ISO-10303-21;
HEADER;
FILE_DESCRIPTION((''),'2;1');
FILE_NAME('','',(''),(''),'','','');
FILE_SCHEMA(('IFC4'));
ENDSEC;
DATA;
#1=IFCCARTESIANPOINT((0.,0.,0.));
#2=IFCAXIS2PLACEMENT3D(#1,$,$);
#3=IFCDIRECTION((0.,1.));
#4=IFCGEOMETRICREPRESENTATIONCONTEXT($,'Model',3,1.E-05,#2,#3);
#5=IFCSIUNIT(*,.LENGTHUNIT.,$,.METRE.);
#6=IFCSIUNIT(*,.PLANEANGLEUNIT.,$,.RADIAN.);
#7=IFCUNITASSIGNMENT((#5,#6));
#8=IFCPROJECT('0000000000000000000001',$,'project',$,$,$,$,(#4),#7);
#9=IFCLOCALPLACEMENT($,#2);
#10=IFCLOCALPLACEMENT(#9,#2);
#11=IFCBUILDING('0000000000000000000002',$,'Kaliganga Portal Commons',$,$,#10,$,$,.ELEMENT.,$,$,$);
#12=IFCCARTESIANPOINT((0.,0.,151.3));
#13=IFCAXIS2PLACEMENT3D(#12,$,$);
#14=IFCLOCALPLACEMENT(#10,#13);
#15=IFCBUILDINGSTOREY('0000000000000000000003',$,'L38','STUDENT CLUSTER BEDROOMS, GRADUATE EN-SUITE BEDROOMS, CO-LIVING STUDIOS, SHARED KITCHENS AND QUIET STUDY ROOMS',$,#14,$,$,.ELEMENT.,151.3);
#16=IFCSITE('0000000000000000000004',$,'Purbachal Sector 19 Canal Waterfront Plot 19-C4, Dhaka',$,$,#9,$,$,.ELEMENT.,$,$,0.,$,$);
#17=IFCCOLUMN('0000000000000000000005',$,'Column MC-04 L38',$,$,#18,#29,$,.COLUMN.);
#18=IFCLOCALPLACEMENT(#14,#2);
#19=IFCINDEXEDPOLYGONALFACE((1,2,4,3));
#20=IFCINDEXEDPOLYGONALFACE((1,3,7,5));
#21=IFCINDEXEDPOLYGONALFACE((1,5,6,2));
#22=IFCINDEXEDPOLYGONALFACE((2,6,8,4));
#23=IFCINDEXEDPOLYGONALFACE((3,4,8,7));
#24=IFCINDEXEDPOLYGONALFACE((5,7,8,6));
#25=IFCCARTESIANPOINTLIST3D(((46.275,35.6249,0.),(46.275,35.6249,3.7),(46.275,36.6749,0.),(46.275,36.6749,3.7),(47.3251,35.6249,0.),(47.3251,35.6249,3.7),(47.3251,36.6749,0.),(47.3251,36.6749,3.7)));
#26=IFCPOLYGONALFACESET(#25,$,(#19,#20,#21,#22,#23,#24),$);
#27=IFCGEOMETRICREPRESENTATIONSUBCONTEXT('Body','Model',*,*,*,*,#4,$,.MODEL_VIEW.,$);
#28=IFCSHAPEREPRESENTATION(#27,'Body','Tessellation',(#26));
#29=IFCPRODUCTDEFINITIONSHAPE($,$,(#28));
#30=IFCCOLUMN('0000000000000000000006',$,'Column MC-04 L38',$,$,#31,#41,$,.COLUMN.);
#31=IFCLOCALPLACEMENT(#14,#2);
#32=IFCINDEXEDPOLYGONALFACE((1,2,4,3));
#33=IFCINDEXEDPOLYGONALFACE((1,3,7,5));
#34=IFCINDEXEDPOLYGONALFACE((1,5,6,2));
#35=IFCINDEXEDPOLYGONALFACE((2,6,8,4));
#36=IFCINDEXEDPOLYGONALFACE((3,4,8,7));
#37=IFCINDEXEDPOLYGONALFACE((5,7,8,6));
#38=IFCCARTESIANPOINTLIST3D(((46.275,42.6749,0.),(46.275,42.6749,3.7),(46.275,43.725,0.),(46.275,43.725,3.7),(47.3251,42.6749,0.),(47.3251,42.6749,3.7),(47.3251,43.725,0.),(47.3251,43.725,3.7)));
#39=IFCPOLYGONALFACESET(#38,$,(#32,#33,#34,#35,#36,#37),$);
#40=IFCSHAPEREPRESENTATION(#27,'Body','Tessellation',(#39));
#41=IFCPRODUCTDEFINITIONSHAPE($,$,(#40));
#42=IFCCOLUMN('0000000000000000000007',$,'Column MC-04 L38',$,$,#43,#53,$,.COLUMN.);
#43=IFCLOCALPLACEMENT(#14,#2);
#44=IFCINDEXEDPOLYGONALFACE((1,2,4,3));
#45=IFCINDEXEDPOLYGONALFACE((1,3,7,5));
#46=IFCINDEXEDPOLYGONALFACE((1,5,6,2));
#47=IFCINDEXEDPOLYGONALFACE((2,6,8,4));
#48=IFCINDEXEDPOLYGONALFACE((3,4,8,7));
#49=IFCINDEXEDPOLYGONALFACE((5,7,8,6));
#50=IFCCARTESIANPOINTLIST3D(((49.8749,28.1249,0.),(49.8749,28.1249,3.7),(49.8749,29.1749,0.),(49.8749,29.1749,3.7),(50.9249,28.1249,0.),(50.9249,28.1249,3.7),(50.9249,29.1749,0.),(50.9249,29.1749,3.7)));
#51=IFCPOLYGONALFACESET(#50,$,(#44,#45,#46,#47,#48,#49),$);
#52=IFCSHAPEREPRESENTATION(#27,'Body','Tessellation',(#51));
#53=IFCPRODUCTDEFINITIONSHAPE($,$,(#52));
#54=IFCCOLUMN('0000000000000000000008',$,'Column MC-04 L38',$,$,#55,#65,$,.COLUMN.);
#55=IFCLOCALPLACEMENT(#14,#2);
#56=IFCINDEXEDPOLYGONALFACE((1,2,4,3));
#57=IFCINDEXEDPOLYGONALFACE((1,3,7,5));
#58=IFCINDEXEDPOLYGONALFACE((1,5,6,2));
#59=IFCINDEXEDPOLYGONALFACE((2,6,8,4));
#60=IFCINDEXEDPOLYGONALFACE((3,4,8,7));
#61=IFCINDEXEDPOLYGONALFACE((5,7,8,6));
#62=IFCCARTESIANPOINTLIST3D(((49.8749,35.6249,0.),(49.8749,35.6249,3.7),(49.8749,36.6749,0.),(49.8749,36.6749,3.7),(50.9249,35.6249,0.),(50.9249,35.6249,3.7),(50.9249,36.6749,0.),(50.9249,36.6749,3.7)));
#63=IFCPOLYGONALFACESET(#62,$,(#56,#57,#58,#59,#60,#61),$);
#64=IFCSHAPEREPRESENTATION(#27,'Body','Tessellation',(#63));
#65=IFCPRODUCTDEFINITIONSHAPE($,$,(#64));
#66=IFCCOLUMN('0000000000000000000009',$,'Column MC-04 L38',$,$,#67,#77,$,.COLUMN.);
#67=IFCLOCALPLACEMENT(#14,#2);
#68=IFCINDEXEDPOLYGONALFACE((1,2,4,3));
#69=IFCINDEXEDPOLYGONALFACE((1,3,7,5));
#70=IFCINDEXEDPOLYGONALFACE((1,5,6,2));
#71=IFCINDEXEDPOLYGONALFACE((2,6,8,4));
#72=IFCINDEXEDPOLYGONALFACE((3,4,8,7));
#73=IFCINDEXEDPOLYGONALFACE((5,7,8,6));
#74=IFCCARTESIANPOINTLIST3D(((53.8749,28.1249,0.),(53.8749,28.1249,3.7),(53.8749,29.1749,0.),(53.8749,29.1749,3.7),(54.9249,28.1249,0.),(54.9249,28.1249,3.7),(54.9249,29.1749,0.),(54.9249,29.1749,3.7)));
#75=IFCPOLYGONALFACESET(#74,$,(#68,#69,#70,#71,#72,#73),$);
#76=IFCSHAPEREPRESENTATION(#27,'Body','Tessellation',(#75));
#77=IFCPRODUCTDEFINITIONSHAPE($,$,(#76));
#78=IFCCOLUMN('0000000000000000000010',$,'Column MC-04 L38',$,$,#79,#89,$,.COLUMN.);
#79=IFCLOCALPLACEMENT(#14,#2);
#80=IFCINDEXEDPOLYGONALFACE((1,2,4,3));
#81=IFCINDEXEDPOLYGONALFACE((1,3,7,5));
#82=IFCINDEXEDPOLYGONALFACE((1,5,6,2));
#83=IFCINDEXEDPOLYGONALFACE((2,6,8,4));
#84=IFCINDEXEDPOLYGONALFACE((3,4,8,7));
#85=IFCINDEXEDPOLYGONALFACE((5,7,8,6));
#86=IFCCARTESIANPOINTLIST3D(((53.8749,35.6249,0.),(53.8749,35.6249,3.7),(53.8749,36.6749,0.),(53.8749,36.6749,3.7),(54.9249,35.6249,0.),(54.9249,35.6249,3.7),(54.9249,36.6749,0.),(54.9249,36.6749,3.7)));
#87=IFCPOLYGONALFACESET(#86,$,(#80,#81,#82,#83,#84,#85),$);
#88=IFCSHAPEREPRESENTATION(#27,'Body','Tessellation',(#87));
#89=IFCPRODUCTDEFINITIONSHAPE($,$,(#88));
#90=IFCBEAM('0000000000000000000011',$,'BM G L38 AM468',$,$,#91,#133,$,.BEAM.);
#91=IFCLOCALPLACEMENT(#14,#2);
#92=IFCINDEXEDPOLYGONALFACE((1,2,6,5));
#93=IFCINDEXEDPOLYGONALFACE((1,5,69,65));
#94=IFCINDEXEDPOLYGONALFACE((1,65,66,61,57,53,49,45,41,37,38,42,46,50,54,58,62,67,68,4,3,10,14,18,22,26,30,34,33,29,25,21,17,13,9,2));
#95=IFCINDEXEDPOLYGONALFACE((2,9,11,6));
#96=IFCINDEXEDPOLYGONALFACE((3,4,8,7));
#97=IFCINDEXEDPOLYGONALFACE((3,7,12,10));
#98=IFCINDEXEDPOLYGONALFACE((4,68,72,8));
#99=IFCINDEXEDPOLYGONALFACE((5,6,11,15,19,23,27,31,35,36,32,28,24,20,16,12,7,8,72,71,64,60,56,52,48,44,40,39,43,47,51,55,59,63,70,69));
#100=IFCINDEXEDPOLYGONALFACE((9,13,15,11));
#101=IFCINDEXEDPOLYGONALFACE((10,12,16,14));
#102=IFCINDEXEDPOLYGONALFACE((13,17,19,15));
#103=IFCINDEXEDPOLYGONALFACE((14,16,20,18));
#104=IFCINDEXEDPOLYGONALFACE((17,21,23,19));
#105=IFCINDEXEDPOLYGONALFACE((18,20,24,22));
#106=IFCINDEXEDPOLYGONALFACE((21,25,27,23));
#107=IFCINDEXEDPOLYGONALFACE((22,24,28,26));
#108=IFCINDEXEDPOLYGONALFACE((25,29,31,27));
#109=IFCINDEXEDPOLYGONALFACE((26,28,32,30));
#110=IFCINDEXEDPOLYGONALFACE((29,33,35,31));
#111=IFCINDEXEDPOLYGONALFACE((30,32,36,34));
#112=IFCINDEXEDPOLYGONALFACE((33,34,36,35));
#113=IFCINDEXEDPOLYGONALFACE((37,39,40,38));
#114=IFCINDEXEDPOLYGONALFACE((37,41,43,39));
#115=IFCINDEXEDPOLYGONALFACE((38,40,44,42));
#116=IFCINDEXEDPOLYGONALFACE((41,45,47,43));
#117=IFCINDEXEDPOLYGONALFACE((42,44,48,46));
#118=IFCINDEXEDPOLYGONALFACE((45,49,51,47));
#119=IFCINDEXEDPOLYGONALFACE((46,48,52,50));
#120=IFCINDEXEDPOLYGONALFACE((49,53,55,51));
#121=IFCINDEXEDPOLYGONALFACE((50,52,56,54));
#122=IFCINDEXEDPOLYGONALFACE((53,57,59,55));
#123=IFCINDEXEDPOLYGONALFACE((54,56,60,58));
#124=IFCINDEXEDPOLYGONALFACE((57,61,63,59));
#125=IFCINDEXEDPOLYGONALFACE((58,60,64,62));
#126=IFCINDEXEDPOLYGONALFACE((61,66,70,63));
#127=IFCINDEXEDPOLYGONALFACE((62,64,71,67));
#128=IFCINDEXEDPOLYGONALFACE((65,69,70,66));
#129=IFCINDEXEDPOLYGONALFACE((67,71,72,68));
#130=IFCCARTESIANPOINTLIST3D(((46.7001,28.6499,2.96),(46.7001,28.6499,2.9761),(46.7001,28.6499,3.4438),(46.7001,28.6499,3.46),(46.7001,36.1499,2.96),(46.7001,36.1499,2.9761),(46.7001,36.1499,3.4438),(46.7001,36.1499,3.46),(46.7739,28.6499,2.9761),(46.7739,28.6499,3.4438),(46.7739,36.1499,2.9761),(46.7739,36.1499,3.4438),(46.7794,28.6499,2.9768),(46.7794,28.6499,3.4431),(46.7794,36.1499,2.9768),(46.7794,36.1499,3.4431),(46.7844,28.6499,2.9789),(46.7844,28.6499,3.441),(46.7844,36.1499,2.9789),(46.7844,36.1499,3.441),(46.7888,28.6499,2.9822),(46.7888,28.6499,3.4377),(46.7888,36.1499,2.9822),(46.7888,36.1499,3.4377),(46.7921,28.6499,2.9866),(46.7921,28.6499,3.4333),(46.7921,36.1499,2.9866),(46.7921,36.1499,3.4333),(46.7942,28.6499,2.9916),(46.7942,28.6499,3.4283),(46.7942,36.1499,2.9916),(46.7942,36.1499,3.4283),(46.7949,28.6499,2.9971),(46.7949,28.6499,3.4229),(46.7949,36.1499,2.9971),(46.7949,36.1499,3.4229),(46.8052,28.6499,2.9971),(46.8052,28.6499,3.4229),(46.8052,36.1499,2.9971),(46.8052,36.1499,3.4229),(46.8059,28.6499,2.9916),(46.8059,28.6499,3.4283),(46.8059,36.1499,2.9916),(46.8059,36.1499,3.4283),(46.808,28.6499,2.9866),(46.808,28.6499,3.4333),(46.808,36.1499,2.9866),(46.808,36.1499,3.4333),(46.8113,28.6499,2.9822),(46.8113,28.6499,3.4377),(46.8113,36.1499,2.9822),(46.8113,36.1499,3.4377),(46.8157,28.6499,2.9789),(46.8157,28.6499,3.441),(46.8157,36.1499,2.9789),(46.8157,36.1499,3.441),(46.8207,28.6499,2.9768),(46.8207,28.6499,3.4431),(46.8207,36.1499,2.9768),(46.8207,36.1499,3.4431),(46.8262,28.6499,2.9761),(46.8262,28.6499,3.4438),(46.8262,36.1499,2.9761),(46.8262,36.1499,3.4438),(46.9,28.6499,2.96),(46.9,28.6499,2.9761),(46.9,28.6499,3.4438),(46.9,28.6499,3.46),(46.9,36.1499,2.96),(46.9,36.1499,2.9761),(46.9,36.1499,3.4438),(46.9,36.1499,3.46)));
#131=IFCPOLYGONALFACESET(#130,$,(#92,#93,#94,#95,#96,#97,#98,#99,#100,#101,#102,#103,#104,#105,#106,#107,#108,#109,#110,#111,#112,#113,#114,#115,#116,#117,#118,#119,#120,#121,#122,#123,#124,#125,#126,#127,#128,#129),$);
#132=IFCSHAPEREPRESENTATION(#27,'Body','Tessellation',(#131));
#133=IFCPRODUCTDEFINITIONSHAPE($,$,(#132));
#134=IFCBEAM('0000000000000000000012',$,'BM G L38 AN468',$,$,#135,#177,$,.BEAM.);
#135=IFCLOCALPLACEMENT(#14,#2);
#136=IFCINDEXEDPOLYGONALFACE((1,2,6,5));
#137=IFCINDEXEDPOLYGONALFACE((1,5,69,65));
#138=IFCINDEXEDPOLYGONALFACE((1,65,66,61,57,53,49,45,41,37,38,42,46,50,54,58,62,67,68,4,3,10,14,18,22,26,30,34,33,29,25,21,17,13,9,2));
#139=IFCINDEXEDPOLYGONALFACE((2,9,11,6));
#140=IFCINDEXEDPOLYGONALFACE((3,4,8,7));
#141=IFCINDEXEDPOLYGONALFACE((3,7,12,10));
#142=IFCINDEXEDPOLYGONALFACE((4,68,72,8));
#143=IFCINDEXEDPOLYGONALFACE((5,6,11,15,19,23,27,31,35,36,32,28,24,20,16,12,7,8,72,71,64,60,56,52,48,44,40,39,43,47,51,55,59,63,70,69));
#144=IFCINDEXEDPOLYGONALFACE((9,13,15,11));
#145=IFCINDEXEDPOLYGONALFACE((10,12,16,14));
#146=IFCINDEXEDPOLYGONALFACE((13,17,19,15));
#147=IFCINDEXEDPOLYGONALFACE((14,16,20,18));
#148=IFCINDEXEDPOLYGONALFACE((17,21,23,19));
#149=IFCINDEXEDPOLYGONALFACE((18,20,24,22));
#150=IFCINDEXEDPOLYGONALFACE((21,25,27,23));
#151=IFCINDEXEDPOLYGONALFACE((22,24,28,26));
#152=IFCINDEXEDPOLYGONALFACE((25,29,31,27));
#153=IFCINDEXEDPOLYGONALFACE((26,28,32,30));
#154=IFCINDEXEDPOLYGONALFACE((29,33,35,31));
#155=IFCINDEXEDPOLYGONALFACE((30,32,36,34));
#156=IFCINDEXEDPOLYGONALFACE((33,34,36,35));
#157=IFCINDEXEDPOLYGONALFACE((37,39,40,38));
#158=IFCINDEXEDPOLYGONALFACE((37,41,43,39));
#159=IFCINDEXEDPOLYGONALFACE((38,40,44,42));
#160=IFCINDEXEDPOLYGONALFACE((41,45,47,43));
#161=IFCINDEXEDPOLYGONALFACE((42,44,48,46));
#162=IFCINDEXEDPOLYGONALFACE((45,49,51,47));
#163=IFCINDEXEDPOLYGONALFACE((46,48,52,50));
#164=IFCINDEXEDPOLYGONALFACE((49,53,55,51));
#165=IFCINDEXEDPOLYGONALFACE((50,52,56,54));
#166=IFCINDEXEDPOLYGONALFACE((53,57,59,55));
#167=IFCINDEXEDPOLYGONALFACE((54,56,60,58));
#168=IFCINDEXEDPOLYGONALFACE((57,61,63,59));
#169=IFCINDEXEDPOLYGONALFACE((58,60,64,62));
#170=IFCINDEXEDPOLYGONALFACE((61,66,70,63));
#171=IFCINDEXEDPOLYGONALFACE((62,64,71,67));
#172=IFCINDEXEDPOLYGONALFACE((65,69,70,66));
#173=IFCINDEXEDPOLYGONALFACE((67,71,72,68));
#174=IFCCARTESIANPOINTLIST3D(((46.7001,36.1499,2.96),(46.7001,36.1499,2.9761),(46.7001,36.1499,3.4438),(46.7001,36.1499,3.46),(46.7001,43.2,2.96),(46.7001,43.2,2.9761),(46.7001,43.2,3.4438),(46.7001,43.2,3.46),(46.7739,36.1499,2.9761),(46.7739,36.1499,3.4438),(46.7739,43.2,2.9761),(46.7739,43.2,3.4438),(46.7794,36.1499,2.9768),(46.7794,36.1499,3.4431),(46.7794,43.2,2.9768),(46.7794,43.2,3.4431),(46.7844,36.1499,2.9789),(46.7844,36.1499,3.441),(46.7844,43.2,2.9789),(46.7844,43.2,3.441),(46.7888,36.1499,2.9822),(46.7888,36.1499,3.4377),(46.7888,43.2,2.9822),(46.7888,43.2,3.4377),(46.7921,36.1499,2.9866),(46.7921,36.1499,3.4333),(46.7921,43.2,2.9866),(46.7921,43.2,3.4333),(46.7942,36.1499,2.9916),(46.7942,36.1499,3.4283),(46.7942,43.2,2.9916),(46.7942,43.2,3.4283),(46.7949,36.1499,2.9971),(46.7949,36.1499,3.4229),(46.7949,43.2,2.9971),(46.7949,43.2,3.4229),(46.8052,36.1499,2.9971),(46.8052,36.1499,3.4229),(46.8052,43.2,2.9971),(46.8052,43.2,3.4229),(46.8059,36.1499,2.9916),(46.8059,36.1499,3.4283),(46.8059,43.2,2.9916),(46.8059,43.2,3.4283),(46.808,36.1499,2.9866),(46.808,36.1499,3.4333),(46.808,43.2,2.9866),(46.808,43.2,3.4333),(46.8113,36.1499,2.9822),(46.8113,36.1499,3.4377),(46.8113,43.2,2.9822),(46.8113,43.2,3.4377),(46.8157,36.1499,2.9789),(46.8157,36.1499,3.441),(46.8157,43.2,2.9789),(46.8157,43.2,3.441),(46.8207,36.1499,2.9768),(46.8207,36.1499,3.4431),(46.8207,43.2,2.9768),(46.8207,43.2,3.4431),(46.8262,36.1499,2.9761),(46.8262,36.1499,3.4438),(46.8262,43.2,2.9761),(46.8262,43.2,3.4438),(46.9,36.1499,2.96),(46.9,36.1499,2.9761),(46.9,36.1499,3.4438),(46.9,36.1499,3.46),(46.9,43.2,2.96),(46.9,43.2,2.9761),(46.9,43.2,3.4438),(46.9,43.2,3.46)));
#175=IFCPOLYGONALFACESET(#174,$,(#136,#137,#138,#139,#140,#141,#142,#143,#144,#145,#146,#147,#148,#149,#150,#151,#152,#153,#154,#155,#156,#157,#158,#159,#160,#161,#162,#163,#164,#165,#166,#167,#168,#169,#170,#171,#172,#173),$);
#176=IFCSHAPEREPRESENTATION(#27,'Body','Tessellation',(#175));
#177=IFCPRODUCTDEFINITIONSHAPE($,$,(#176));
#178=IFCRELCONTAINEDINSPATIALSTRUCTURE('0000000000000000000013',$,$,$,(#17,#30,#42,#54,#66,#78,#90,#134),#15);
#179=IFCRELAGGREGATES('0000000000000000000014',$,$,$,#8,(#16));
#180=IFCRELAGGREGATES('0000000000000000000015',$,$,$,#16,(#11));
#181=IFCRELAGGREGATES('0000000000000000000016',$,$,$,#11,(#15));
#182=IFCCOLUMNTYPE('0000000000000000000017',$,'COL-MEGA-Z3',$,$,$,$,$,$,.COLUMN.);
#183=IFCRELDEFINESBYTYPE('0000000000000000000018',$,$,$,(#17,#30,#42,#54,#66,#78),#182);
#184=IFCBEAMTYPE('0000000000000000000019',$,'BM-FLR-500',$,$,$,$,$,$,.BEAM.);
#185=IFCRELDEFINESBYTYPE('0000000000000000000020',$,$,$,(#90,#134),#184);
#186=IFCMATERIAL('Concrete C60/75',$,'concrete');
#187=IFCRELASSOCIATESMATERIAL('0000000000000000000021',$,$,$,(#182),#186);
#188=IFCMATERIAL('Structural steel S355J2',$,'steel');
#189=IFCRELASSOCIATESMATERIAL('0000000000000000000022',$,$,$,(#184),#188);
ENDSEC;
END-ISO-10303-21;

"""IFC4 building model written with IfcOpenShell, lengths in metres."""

from ifc_helpers import new_model, si_unit, direction, frame, origin, origin_2d, place, context, subcontext, project, spatial, rectangle, i_section, extrude, source, transform, mapped, material, material_profile, profile_set, type_object, element, save


model = new_model("IFC4")

# Units and contexts
model_context = context("Model", 3, precision=1e-05, world=origin(), true_north=direction((0.0, 1.0)))
body_context = subcontext(model_context, "Body", "Model", "MODEL_VIEW")
ifc_project = project(units=[si_unit("LENGTHUNIT", "METRE"), si_unit("PLANEANGLEUNIT", "RADIAN")], contexts=[model_context])

# Site, building, storey
site_placement = place(None, origin())
site = spatial("IfcSite", under=ifc_project, at=site_placement, Name="Purbachal Sector 19 Canal Waterfront Plot 19-C4, Dhaka", CompositionType="ELEMENT", RefElevation=0.0)
building_placement = place(site_placement, origin())
building = spatial("IfcBuilding", under=site, at=building_placement, Name="Kaliganga Portal Commons", CompositionType="ELEMENT")
storey_placement = place(building_placement, frame((0.0, 0.0, 151.3)))
storey = spatial("IfcBuildingStorey", under=building, at=storey_placement, Name="L38", Description="STUDENT CLUSTER BEDROOMS, GRADUATE EN-SUITE BEDROOMS, CO-LIVING STUDIOS, SHARED KITCHENS AND QUIET STUDY ROOMS", CompositionType="ELEMENT", Elevation=151.3)

# Columns
ifc_material_1 = material(Name="Concrete C60/75", Category="concrete")
ifc_material_profile_1 = material_profile(ifc_material_1, rectangle(XDim=1.05, YDim=1.05, at=origin_2d()), Name="RC 1050x1050")
ifc_profile_set_1 = profile_set([ifc_material_profile_1], Name="Concrete C60/75")
column_type = type_object("IfcColumnType", Name="COL-MEGA-Z3", PredefinedType="COLUMN", material=ifc_profile_set_1)
shared_shape_1 = source(origin(), body_context, "Body", "SweptSolid", [
    extrude(rectangle(XDim=1.05, YDim=1.05, at=origin_2d()), origin(), (0.0, 0.0, 1.0), 3.7),
])
for number, where, z_axis, x_axis, name in (
    (1, (46.8, 36.1499, 0.0), (0.0, 0.0, 1.0), (1.0, 0.0, 0.0), "Column MC-04 L38"),
    (2, (46.8, 43.2, 0.0), (0.0, 0.0, 1.0), (1.0, 0.0, 0.0), "Column MC-04 L38"),
    (3, (50.3999, 28.6499, 0.0), (0.0, 0.0, 1.0), (1.0, 0.0, 0.0), "Column MC-04 L38"),
    (4, (50.3999, 36.1499, 0.0), (0.0, 0.0, 1.0), (1.0, 0.0, 0.0), "Column MC-04 L38"),
    (5, (54.3999, 28.6499, 0.0), (0.0, 0.0, 1.0), (1.0, 0.0, 0.0), "Column MC-04 L38"),
    (6, (54.3999, 36.1499, 0.0), (0.0, 0.0, 1.0), (1.0, 0.0, 0.0), "Column MC-04 L38"),
):
    element("IfcColumn", number, at=place(storey_placement, frame(where, z_axis=z_axis, x_axis=x_axis)), inside=storey, type_object=column_type, Name=name, PredefinedType="COLUMN", context=body_context, shape_type="MappedRepresentation", body=[
        mapped(shared_shape_1, transform((0.0, 0.0, 0.0), x_axis=(1.0, 0.0, 0.0), y_axis=(0.0, 1.0, 0.0), z_axis=(0.0, 0.0, 1.0), scale=1.0)),
    ])

# Beams
ifc_material_2 = material(Name="Structural steel S355J2", Category="steel")
ifc_material_profile_2 = material_profile(ifc_material_2, i_section(OverallWidth=0.2, OverallDepth=0.5, WebThickness=0.0103, FlangeThickness=0.0161, FilletRadius=0.021, at=origin_2d()), Name="IPE 500")
ifc_profile_set_2 = profile_set([ifc_material_profile_2], Name="Structural steel S355J2 wide-flange")
beam_type_1 = type_object("IfcBeamType", Name="BM-FLR-500", PredefinedType="BEAM", material=ifc_profile_set_2)
shared_shape_2 = source(origin(), body_context, "Body", "SweptSolid", [
    extrude(i_section(OverallWidth=0.2, OverallDepth=0.5, WebThickness=0.0103, FlangeThickness=0.0161, FilletRadius=0.021, at=origin_2d()), origin(), (0.0, 0.0, 1.0), 7.5),
])
beam_1_placement = place(storey_placement, frame((46.8, 28.6499, 3.21), z_axis=(0.0, 1.0, 0.0), x_axis=(-1.0, 0.0, 0.0)))
element("IfcBeam", 7, at=beam_1_placement, inside=storey, type_object=beam_type_1, Name="BM G L38 AM468", PredefinedType="BEAM", context=body_context, shape_type="MappedRepresentation", body=[
    mapped(shared_shape_2, transform((0.0, 0.0, 0.0), x_axis=(1.0, 0.0, 0.0), y_axis=(0.0, 1.0, 0.0), z_axis=(0.0, 0.0, 1.0), scale=1.0)),
])
shared_shape_3 = source(origin(), body_context, "Body", "SweptSolid", [
    extrude(i_section(OverallWidth=0.2, OverallDepth=0.5, WebThickness=0.0103, FlangeThickness=0.0161, FilletRadius=0.021, at=origin_2d()), origin(), (0.0, 0.0, 1.0), 7.05),
])
beam_2_placement = place(storey_placement, frame((46.8, 36.1499, 3.21), z_axis=(0.0, 1.0, 0.0), x_axis=(-1.0, 0.0, 0.0)))
element("IfcBeam", 8, at=beam_2_placement, inside=storey, type_object=beam_type_1, Name="BM G L38 AN468", PredefinedType="BEAM", context=body_context, shape_type="MappedRepresentation", body=[
    mapped(shared_shape_3, transform((0.0, 0.0, 0.0), x_axis=(1.0, 0.0, 0.0), y_axis=(0.0, 1.0, 0.0), z_axis=(0.0, 0.0, 1.0), scale=1.0)),
])

save(model, "model.ifc")
